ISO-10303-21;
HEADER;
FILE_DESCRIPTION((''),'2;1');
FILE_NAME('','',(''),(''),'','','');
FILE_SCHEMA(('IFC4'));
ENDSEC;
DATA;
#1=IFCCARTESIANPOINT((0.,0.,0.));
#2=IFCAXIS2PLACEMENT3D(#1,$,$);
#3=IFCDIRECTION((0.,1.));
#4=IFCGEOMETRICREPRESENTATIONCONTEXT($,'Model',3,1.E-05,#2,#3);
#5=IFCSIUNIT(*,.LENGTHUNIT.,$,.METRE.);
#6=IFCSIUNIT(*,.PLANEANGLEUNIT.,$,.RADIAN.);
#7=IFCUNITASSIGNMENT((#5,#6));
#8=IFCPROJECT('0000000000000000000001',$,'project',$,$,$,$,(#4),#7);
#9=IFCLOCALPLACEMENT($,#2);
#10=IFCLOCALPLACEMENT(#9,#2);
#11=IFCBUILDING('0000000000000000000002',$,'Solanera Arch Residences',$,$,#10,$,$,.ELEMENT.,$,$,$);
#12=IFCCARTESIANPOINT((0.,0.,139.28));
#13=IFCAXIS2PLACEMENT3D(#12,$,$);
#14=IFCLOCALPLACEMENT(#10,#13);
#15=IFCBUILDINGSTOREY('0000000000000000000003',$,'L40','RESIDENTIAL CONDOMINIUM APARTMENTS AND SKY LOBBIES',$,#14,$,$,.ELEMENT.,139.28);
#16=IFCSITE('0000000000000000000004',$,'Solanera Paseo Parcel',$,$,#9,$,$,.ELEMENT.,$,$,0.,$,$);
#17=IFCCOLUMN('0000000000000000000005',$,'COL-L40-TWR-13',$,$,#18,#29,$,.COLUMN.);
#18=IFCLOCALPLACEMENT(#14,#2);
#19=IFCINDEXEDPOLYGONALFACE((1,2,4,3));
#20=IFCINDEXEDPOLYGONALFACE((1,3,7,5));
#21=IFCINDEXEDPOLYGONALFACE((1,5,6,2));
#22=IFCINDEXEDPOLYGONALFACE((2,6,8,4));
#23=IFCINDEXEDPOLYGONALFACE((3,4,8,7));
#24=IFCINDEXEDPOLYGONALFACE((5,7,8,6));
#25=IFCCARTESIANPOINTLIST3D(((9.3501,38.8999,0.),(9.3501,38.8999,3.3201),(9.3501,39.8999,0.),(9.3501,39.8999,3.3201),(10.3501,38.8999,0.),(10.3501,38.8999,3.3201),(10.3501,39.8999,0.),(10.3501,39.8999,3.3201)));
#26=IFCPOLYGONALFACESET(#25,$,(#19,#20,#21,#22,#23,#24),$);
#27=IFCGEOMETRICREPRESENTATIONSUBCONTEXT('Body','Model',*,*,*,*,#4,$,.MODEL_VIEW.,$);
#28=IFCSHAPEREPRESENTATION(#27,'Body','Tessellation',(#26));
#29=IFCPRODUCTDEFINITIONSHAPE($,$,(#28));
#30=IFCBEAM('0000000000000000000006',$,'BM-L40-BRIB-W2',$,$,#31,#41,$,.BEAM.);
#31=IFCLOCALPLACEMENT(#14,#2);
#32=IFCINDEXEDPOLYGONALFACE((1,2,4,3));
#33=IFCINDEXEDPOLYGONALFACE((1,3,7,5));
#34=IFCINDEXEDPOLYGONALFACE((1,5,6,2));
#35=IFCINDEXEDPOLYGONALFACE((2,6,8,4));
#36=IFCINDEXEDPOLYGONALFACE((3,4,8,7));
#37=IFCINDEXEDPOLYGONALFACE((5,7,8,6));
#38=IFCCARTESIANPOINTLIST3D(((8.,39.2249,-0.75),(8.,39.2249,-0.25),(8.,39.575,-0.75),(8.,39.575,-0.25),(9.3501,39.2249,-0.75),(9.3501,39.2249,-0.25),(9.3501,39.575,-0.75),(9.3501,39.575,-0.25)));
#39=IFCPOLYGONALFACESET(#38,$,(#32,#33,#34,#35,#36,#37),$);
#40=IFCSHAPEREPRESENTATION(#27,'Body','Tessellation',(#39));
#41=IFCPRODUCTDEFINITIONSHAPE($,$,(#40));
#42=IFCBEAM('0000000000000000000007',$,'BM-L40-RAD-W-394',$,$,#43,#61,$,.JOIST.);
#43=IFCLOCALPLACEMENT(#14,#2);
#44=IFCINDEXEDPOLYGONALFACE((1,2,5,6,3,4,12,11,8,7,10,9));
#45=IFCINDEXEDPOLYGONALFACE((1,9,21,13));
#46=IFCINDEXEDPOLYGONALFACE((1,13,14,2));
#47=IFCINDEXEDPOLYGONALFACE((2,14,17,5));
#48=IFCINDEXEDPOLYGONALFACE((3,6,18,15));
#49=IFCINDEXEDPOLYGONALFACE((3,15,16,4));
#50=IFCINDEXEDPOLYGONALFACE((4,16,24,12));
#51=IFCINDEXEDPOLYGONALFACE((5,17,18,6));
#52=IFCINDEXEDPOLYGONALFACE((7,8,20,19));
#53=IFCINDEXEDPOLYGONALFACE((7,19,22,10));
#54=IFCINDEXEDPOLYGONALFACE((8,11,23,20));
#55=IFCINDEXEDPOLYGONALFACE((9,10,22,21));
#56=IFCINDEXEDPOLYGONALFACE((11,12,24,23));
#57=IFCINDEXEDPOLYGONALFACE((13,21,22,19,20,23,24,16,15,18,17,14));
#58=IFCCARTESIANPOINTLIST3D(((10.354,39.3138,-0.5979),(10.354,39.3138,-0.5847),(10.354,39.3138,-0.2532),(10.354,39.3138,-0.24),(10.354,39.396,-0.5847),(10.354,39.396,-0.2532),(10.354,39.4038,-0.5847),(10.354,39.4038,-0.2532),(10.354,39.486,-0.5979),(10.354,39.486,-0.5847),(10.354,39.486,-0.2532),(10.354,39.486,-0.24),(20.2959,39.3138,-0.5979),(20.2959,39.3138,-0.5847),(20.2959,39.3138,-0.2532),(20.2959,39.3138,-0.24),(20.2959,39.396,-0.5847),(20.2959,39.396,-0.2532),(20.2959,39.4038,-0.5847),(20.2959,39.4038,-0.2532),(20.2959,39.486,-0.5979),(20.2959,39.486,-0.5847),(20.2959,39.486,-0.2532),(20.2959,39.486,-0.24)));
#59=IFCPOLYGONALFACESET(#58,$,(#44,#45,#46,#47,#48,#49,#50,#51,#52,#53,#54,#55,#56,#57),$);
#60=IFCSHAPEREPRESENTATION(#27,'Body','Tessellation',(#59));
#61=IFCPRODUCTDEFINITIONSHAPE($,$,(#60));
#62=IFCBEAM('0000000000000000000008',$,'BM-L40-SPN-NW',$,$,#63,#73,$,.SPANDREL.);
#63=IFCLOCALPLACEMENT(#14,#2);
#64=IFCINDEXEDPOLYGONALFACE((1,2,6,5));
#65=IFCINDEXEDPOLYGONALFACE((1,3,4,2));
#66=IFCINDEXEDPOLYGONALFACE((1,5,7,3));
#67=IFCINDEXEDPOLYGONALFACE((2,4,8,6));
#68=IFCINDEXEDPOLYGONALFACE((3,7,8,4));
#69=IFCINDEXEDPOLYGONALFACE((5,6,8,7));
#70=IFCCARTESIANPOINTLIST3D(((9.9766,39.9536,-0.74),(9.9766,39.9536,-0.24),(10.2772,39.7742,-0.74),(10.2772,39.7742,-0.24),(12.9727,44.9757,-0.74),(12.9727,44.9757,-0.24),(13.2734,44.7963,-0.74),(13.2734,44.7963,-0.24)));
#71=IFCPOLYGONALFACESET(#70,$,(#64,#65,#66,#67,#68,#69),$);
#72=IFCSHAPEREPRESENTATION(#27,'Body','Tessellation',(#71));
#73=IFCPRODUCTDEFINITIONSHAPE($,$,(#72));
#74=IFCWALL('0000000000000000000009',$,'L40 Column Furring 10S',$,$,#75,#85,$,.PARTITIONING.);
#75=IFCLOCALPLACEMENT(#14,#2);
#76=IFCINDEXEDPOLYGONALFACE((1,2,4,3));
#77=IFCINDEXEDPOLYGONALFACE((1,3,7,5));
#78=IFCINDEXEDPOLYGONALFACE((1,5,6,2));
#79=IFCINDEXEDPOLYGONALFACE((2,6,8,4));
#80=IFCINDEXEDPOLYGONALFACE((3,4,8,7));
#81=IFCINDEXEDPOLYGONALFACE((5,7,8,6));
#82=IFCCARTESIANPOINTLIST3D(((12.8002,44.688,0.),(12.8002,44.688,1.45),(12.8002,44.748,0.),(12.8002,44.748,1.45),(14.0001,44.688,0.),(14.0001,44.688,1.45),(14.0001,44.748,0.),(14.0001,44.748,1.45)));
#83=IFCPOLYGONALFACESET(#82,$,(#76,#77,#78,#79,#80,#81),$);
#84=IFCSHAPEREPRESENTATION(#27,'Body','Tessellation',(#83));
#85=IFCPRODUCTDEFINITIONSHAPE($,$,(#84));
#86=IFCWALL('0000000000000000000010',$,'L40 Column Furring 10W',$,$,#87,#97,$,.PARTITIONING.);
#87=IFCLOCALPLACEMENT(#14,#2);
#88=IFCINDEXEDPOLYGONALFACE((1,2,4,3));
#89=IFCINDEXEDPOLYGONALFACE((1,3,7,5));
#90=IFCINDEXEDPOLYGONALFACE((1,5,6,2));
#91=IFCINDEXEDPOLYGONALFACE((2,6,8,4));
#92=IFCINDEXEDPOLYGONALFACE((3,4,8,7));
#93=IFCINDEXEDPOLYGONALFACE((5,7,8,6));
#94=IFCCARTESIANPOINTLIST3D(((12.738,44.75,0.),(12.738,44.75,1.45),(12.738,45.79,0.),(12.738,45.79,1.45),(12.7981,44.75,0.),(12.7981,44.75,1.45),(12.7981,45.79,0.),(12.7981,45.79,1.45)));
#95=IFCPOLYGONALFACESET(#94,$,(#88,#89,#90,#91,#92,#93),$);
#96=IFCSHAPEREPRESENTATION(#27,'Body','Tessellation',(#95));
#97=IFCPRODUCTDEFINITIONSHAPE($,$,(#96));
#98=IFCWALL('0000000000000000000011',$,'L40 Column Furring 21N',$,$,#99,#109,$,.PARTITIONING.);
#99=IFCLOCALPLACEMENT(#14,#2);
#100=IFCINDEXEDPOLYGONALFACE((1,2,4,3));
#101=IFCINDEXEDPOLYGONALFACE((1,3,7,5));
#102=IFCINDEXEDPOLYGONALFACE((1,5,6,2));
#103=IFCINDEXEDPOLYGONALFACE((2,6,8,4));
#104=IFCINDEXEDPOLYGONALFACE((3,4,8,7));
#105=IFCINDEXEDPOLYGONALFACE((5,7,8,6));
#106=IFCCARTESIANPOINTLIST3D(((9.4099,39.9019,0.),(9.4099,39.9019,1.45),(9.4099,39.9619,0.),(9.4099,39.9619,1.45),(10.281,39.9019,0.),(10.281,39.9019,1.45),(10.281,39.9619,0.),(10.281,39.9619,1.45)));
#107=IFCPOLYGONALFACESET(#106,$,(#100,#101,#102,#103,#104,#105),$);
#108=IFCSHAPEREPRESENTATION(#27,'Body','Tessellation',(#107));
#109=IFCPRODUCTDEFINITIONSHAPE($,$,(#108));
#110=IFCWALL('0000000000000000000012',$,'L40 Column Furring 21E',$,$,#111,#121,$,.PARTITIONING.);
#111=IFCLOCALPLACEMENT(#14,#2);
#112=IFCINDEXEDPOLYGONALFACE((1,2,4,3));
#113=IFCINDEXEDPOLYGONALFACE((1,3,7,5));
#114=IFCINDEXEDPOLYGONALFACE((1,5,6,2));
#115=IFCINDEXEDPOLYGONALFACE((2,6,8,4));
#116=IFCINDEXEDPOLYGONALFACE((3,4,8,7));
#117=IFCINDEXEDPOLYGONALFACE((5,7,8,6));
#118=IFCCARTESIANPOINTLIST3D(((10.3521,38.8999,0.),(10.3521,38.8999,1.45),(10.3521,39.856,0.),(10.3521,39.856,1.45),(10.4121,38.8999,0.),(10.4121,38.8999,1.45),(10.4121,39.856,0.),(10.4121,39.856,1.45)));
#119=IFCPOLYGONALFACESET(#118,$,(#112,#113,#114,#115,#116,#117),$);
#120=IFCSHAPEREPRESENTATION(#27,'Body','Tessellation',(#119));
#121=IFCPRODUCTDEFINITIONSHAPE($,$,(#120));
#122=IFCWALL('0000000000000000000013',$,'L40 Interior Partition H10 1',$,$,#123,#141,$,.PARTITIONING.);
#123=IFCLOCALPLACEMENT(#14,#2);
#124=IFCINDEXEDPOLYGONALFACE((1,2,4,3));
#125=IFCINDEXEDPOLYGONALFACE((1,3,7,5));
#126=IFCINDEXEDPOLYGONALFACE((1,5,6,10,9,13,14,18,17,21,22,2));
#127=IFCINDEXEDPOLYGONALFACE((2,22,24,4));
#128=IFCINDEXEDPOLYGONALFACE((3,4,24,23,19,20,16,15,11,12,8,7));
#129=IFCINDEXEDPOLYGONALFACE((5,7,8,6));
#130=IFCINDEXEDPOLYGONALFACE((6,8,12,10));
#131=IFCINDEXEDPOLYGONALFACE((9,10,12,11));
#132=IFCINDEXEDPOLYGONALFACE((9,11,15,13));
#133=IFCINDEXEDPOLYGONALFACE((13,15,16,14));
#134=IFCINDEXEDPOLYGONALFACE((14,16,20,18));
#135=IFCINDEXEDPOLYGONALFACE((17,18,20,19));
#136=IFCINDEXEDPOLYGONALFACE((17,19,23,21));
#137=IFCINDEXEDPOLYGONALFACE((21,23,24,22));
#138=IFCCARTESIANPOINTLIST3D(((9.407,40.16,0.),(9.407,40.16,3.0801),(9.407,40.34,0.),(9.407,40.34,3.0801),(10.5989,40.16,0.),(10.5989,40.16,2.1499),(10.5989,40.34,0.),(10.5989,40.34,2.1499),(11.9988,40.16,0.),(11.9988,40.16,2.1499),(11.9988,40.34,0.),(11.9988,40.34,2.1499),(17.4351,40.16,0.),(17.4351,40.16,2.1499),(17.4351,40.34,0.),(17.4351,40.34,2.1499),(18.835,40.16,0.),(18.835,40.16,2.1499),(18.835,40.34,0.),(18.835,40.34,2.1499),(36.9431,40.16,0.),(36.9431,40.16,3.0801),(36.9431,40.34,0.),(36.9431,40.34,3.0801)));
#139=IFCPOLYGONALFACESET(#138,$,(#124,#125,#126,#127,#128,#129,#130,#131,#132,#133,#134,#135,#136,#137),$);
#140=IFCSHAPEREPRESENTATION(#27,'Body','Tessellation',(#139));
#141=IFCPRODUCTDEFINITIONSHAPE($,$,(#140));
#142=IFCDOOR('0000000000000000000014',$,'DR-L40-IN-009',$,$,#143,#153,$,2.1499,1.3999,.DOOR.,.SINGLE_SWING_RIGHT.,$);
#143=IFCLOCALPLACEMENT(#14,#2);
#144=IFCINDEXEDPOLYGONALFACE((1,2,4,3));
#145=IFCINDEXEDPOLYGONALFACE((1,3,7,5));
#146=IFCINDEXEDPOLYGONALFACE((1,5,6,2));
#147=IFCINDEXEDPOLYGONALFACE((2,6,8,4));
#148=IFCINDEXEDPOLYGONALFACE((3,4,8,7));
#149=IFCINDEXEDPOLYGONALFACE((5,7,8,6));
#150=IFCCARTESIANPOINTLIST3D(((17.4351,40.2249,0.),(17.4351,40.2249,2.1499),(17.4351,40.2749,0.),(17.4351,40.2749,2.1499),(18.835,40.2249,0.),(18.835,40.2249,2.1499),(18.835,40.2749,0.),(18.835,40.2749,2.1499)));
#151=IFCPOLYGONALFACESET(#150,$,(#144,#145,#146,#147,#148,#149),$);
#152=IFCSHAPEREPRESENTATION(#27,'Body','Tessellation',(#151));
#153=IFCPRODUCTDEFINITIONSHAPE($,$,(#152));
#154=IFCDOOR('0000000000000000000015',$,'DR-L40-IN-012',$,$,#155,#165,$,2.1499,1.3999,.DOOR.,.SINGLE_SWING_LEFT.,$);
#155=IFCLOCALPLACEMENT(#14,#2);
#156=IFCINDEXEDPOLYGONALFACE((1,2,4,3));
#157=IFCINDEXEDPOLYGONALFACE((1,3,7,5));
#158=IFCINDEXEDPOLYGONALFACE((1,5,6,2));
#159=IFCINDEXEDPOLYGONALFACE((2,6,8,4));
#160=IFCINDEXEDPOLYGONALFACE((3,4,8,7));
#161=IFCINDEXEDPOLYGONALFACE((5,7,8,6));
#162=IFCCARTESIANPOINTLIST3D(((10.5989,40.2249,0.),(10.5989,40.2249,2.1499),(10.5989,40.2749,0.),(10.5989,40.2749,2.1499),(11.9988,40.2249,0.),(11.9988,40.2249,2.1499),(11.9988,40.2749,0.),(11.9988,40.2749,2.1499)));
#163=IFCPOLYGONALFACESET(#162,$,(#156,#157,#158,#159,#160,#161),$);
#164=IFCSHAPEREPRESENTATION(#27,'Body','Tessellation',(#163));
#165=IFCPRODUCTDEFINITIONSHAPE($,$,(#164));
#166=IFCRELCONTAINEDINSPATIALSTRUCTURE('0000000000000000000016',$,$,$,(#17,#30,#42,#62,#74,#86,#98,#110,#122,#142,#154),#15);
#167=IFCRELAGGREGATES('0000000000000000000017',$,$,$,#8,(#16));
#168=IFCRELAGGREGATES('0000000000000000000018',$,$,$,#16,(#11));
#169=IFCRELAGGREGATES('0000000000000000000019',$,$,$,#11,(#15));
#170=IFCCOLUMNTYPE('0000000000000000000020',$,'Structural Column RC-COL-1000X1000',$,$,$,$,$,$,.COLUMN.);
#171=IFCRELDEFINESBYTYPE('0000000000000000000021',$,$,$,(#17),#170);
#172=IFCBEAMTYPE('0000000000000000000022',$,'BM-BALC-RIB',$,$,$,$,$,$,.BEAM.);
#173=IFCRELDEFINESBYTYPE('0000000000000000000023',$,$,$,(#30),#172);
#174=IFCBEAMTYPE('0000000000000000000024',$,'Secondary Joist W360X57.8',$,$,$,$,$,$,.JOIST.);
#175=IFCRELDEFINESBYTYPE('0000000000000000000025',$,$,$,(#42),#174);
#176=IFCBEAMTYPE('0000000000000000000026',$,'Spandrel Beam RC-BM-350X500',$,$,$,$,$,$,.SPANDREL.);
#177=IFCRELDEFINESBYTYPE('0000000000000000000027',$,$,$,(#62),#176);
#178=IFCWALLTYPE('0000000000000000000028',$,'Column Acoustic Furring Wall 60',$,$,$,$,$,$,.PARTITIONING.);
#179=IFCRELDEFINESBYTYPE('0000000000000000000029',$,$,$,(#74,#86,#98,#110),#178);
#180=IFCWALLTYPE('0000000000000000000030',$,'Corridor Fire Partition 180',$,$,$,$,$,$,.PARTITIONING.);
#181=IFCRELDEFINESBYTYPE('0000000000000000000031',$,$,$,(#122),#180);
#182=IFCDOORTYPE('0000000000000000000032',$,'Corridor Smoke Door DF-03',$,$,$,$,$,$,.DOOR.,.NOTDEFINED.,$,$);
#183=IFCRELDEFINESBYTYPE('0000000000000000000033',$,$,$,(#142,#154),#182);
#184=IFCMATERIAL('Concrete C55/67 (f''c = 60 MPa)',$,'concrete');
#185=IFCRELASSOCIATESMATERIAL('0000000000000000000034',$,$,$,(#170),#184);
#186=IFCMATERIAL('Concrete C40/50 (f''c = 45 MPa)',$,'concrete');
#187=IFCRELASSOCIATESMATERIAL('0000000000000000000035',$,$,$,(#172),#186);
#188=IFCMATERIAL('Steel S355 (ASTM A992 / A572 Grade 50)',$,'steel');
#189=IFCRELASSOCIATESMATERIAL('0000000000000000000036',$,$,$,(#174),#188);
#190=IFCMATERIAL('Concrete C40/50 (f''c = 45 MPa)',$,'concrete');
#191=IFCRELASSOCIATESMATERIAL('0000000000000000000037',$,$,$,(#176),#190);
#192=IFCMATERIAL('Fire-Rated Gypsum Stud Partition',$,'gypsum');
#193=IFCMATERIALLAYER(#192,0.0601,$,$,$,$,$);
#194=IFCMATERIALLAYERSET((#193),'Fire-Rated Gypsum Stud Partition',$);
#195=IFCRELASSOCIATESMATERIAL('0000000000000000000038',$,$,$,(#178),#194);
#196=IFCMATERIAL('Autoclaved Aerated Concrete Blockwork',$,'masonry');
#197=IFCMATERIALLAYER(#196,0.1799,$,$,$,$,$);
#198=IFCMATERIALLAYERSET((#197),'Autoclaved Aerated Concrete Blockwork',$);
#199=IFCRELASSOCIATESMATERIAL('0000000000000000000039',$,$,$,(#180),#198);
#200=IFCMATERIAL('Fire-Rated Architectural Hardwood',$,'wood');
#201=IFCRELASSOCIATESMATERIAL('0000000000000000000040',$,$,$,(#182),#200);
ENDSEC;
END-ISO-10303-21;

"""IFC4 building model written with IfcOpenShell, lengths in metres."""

from ifc_helpers import new_model, si_unit, direction, frame, frame_2d, origin, origin_2d, place, context, subcontext, project, spatial, rectangle, i_section, extrude, material, layer, layer_set, material_profile, profile_set, type_object, element, fill, save


model = new_model("IFC4")

# Units and contexts
model_context = context("Model", 3, precision=1e-05, world=origin(), true_north=direction((0.0, 1.0)))
body_context = subcontext(model_context, "Body", "Model", "MODEL_VIEW")
ifc_project = project(units=[si_unit("LENGTHUNIT", "METRE"), si_unit("PLANEANGLEUNIT", "RADIAN")], contexts=[model_context])

# Site, building, storey
site_placement = place(None, origin())
site = spatial("IfcSite", under=ifc_project, at=site_placement, Name="Solanera Paseo Parcel", CompositionType="ELEMENT", RefElevation=0.0)
building_placement = place(site_placement, origin())
building = spatial("IfcBuilding", under=site, at=building_placement, Name="Solanera Arch Residences", CompositionType="ELEMENT")
storey_placement = place(building_placement, frame((0.0, 0.0, 139.28)))
storey = spatial("IfcBuildingStorey", under=building, at=storey_placement, Name="L40", Description="RESIDENTIAL CONDOMINIUM APARTMENTS AND SKY LOBBIES", CompositionType="ELEMENT", Elevation=139.28)

# Column
ifc_material_1 = material(Name="Concrete C55/67 (f'c = 60 MPa)", Category="concrete")
ifc_material_profile_1 = material_profile(ifc_material_1, rectangle(XDim=1.0, YDim=1.0, at=origin_2d()))
ifc_profile_set_1 = profile_set([ifc_material_profile_1], Name="Concrete C55/67 (f'c = 60 MPa)")
column_type = type_object("IfcColumnType", Name="Structural Column RC-COL-1000X1000", PredefinedType="COLUMN", material=ifc_profile_set_1)
column_placement = place(storey_placement, frame((9.8501, 39.3999, 0.0), z_axis=(0.0, 0.0, 1.0), x_axis=(1.0, 0.0, 0.0)))
element("IfcColumn", 1, at=column_placement, inside=storey, type_object=column_type, Name="COL-L40-TWR-13", PredefinedType="COLUMN", context=body_context, shape_type="SweptSolid", body=[
    extrude(rectangle(XDim=1.0, YDim=1.0, at=origin_2d()), origin(), (0.0, 0.0, 1.0), 3.3201),
])

# Beams
ifc_material_2 = material(Name="Concrete C40/50 (f'c = 45 MPa)", Category="concrete")
ifc_material_profile_2 = material_profile(ifc_material_2, rectangle(XDim=0.3501, YDim=0.5, at=origin_2d()))
ifc_profile_set_2 = profile_set([ifc_material_profile_2], Name="Concrete C40/50 (f'c = 45 MPa)")
beam_type_1 = type_object("IfcBeamType", Name="BM-BALC-RIB", PredefinedType="BEAM", material=ifc_profile_set_2)
beam_1_placement = place(storey_placement, frame((8.0, 39.3999, -0.5), z_axis=(1.0, 0.0, 0.0), x_axis=(0.0, 1.0, 0.0)))
element("IfcBeam", 2, at=beam_1_placement, inside=storey, type_object=beam_type_1, Name="BM-L40-BRIB-W2", PredefinedType="BEAM", context=body_context, shape_type="SweptSolid", body=[
    extrude(rectangle(XDim=0.3501, YDim=0.5, at=origin_2d()), origin(), (0.0, 0.0, 1.0), 1.3501),
])
ifc_material_3 = material(Name="Steel S355 (ASTM A992 / A572 Grade 50)", Category="steel")
ifc_material_profile_3 = material_profile(ifc_material_3, i_section(OverallWidth=0.1721, OverallDepth=0.3579, WebThickness=0.0078, FlangeThickness=0.0132, at=origin_2d()))
ifc_profile_set_3 = profile_set([ifc_material_profile_3], Name="Steel S355 (ASTM A992 / A572 Grade 50)")
beam_type_2 = type_object("IfcBeamType", Name="Secondary Joist W360X57.8", PredefinedType="JOIST", material=ifc_profile_set_3)
beam_2_placement = place(storey_placement, frame((10.354, 39.3999, -0.4189), z_axis=(1.0, 0.0, 0.0), x_axis=(0.0, 1.0, 0.0)))
element("IfcBeam", 3, at=beam_2_placement, inside=storey, type_object=beam_type_2, Name="BM-L40-RAD-W-394", PredefinedType="JOIST", context=body_context, shape_type="SweptSolid", body=[
    extrude(i_section(OverallWidth=0.1721, OverallDepth=0.3579, WebThickness=0.0078, FlangeThickness=0.0132, at=origin_2d()), origin(), (0.0, 0.0, 1.0), 9.9419),
])
ifc_material_4 = material(Name="Concrete C40/50 (f'c = 45 MPa)", Category="concrete")
ifc_material_profile_4 = material_profile(ifc_material_4, rectangle(XDim=0.3501, YDim=0.5, at=origin_2d()))
ifc_profile_set_4 = profile_set([ifc_material_profile_4], Name="Concrete C40/50 (f'c = 45 MPa)")
beam_type_3 = type_object("IfcBeamType", Name="Spandrel Beam RC-BM-350X500", PredefinedType="SPANDREL", material=ifc_profile_set_4)
beam_3_placement = place(storey_placement, frame((13.123, 44.886, -0.49), z_axis=(-0.512345, -0.85878, 0.0), x_axis=(0.85878, -0.512345, 0.0)))
element("IfcBeam", 4, at=beam_3_placement, inside=storey, type_object=beam_type_3, Name="BM-L40-SPN-NW", PredefinedType="SPANDREL", context=body_context, shape_type="SweptSolid", body=[
    extrude(rectangle(XDim=0.3501, YDim=0.5, at=origin_2d()), origin(), (0.0, 0.0, 1.0), 5.8479),
])

# Walls
ifc_material_5 = material(Name="Fire-Rated Gypsum Stud Partition", Category="gypsum")
ifc_layer_1 = layer(ifc_material_5, 0.0601)
ifc_layer_set_1 = layer_set([ifc_layer_1], Name="Fire-Rated Gypsum Stud Partition")
wall_type_1 = type_object("IfcWallType", Name="Column Acoustic Furring Wall 60", PredefinedType="PARTITIONING", material=ifc_layer_set_1)
wall_1_placement = place(storey_placement, frame((12.8, 44.718, 0.0), z_axis=(0.0, 0.0, 1.0), x_axis=(1.0, 0.0, 0.0)))
element("IfcWall", 5, at=wall_1_placement, inside=storey, type_object=wall_type_1, Name="L40 Column Furring 10S", PredefinedType="PARTITIONING", context=body_context, shape_type="SweptSolid", body=[
    extrude(rectangle(XDim=1.2, YDim=0.0601, at=frame_2d((0.6001, 0.0))), origin(), (0.0, 0.0, 1.0), 1.45),
])
wall_2_placement = place(storey_placement, frame((12.7681, 44.75, 0.0), z_axis=(0.0, 0.0, 1.0), x_axis=(0.0, 1.0, 0.0)))
element("IfcWall", 6, at=wall_2_placement, inside=storey, type_object=wall_type_1, Name="L40 Column Furring 10W", PredefinedType="PARTITIONING", context=body_context, shape_type="SweptSolid", body=[
    extrude(rectangle(XDim=1.04, YDim=0.0601, at=frame_2d((0.52, 0.0))), origin(), (0.0, 0.0, 1.0), 1.45),
])
wall_3_placement = place(storey_placement, frame((9.4099, 39.9319, 0.0), z_axis=(0.0, 0.0, 1.0), x_axis=(1.0, 0.0, 0.0)))
element("IfcWall", 7, at=wall_3_placement, inside=storey, type_object=wall_type_1, Name="L40 Column Furring 21N", PredefinedType="PARTITIONING", context=body_context, shape_type="SweptSolid", body=[
    extrude(rectangle(XDim=0.8711, YDim=0.0601, at=frame_2d((0.4355, 0.0))), origin(), (0.0, 0.0, 1.0), 1.45),
])
wall_4_placement = place(storey_placement, frame((10.3821, 38.8999, 0.0), z_axis=(0.0, 0.0, 1.0), x_axis=(0.0, 1.0, 0.0)))
element("IfcWall", 8, at=wall_4_placement, inside=storey, type_object=wall_type_1, Name="L40 Column Furring 21E", PredefinedType="PARTITIONING", context=body_context, shape_type="SweptSolid", body=[
    extrude(rectangle(XDim=0.9561, YDim=0.0601, at=frame_2d((0.478, 0.0))), origin(), (0.0, 0.0, 1.0), 1.45),
])

# Wall, openings, doors
ifc_material_6 = material(Name="Autoclaved Aerated Concrete Blockwork", Category="masonry")
ifc_layer_2 = layer(ifc_material_6, 0.1799)
ifc_layer_set_2 = layer_set([ifc_layer_2], Name="Autoclaved Aerated Concrete Blockwork")
wall_type_2 = type_object("IfcWallType", Name="Corridor Fire Partition 180", PredefinedType="PARTITIONING", material=ifc_layer_set_2)
wall_5_placement = place(storey_placement, frame((9.407, 40.25, 0.0), z_axis=(0.0, 0.0, 1.0), x_axis=(1.0, 0.0, 0.0)))
wall_5 = element("IfcWall", 9, at=wall_5_placement, inside=storey, type_object=wall_type_2, Name="L40 Interior Partition H10 1", PredefinedType="PARTITIONING", context=body_context, shape_type="SweptSolid", body=[
    extrude(rectangle(XDim=27.5361, YDim=0.1799, at=frame_2d((13.7681, 0.0))), origin(), (0.0, 0.0, 1.0), 3.0801),
])
opening_1_placement = place(wall_5_placement, frame((8.0281, 0.0, 0.0)))
opening_1 = element("IfcOpeningElement", 10, at=opening_1_placement, cuts=wall_5, PredefinedType="OPENING", context=body_context, shape_type="SweptSolid", body=[
    extrude(rectangle(XDim=1.3999, YDim=2.1499, at=frame_2d((0.7, 1.075))), frame((0.0, 0.1001, 0.0), z_axis=(0.0, -1.0, 0.0), x_axis=(1.0, 0.0, 0.0)), (0.0, 0.0, 1.0), 0.1999),
])
opening_2_placement = place(wall_5_placement, frame((1.1919, 0.0, 0.0)))
opening_2 = element("IfcOpeningElement", 11, at=opening_2_placement, cuts=wall_5, PredefinedType="OPENING", context=body_context, shape_type="SweptSolid", body=[
    extrude(rectangle(XDim=1.3999, YDim=2.1499, at=frame_2d((0.7, 1.075))), frame((0.0, 0.1001, 0.0), z_axis=(0.0, -1.0, 0.0), x_axis=(1.0, 0.0, 0.0)), (0.0, 0.0, 1.0), 0.1999),
])
ifc_material_7 = material(Name="Fire-Rated Architectural Hardwood", Category="wood")
door_type_1 = type_object("IfcDoorType", Name="Corridor Smoke Door DF-03", OperationType="NOTDEFINED", PredefinedType="DOOR", material=ifc_material_7)
door_1_placement = place(opening_1_placement, origin())
door_1 = element("IfcDoor", 12, at=door_1_placement, inside=storey, type_object=door_type_1, Name="DR-L40-IN-009", OperationType="SINGLE_SWING_RIGHT", OverallHeight=2.1499, OverallWidth=1.3999, PredefinedType="DOOR", context=body_context, shape_type="SweptSolid", body=[
    extrude(rectangle(XDim=1.3999, YDim=2.1499, at=frame_2d((0.7, 1.075))), frame((0.0, 0.0249, 0.0), z_axis=(0.0, -1.0, 0.0), x_axis=(1.0, 0.0, 0.0)), (0.0, 0.0, 1.0), 0.05),
])
fill(opening_1, door_1)
door_2_placement = place(opening_2_placement, origin())
door_2 = element("IfcDoor", 13, at=door_2_placement, inside=storey, type_object=door_type_1, Name="DR-L40-IN-012", OperationType="SINGLE_SWING_LEFT", OverallHeight=2.1499, OverallWidth=1.3999, PredefinedType="DOOR", context=body_context, shape_type="SweptSolid", body=[
    extrude(rectangle(XDim=1.3999, YDim=2.1499, at=frame_2d((0.7, 1.075))), frame((0.0, 0.0249, 0.0), z_axis=(0.0, -1.0, 0.0), x_axis=(1.0, 0.0, 0.0)), (0.0, 0.0, 1.0), 0.05),
])
fill(opening_2, door_2)

save(model, "model.ifc")
